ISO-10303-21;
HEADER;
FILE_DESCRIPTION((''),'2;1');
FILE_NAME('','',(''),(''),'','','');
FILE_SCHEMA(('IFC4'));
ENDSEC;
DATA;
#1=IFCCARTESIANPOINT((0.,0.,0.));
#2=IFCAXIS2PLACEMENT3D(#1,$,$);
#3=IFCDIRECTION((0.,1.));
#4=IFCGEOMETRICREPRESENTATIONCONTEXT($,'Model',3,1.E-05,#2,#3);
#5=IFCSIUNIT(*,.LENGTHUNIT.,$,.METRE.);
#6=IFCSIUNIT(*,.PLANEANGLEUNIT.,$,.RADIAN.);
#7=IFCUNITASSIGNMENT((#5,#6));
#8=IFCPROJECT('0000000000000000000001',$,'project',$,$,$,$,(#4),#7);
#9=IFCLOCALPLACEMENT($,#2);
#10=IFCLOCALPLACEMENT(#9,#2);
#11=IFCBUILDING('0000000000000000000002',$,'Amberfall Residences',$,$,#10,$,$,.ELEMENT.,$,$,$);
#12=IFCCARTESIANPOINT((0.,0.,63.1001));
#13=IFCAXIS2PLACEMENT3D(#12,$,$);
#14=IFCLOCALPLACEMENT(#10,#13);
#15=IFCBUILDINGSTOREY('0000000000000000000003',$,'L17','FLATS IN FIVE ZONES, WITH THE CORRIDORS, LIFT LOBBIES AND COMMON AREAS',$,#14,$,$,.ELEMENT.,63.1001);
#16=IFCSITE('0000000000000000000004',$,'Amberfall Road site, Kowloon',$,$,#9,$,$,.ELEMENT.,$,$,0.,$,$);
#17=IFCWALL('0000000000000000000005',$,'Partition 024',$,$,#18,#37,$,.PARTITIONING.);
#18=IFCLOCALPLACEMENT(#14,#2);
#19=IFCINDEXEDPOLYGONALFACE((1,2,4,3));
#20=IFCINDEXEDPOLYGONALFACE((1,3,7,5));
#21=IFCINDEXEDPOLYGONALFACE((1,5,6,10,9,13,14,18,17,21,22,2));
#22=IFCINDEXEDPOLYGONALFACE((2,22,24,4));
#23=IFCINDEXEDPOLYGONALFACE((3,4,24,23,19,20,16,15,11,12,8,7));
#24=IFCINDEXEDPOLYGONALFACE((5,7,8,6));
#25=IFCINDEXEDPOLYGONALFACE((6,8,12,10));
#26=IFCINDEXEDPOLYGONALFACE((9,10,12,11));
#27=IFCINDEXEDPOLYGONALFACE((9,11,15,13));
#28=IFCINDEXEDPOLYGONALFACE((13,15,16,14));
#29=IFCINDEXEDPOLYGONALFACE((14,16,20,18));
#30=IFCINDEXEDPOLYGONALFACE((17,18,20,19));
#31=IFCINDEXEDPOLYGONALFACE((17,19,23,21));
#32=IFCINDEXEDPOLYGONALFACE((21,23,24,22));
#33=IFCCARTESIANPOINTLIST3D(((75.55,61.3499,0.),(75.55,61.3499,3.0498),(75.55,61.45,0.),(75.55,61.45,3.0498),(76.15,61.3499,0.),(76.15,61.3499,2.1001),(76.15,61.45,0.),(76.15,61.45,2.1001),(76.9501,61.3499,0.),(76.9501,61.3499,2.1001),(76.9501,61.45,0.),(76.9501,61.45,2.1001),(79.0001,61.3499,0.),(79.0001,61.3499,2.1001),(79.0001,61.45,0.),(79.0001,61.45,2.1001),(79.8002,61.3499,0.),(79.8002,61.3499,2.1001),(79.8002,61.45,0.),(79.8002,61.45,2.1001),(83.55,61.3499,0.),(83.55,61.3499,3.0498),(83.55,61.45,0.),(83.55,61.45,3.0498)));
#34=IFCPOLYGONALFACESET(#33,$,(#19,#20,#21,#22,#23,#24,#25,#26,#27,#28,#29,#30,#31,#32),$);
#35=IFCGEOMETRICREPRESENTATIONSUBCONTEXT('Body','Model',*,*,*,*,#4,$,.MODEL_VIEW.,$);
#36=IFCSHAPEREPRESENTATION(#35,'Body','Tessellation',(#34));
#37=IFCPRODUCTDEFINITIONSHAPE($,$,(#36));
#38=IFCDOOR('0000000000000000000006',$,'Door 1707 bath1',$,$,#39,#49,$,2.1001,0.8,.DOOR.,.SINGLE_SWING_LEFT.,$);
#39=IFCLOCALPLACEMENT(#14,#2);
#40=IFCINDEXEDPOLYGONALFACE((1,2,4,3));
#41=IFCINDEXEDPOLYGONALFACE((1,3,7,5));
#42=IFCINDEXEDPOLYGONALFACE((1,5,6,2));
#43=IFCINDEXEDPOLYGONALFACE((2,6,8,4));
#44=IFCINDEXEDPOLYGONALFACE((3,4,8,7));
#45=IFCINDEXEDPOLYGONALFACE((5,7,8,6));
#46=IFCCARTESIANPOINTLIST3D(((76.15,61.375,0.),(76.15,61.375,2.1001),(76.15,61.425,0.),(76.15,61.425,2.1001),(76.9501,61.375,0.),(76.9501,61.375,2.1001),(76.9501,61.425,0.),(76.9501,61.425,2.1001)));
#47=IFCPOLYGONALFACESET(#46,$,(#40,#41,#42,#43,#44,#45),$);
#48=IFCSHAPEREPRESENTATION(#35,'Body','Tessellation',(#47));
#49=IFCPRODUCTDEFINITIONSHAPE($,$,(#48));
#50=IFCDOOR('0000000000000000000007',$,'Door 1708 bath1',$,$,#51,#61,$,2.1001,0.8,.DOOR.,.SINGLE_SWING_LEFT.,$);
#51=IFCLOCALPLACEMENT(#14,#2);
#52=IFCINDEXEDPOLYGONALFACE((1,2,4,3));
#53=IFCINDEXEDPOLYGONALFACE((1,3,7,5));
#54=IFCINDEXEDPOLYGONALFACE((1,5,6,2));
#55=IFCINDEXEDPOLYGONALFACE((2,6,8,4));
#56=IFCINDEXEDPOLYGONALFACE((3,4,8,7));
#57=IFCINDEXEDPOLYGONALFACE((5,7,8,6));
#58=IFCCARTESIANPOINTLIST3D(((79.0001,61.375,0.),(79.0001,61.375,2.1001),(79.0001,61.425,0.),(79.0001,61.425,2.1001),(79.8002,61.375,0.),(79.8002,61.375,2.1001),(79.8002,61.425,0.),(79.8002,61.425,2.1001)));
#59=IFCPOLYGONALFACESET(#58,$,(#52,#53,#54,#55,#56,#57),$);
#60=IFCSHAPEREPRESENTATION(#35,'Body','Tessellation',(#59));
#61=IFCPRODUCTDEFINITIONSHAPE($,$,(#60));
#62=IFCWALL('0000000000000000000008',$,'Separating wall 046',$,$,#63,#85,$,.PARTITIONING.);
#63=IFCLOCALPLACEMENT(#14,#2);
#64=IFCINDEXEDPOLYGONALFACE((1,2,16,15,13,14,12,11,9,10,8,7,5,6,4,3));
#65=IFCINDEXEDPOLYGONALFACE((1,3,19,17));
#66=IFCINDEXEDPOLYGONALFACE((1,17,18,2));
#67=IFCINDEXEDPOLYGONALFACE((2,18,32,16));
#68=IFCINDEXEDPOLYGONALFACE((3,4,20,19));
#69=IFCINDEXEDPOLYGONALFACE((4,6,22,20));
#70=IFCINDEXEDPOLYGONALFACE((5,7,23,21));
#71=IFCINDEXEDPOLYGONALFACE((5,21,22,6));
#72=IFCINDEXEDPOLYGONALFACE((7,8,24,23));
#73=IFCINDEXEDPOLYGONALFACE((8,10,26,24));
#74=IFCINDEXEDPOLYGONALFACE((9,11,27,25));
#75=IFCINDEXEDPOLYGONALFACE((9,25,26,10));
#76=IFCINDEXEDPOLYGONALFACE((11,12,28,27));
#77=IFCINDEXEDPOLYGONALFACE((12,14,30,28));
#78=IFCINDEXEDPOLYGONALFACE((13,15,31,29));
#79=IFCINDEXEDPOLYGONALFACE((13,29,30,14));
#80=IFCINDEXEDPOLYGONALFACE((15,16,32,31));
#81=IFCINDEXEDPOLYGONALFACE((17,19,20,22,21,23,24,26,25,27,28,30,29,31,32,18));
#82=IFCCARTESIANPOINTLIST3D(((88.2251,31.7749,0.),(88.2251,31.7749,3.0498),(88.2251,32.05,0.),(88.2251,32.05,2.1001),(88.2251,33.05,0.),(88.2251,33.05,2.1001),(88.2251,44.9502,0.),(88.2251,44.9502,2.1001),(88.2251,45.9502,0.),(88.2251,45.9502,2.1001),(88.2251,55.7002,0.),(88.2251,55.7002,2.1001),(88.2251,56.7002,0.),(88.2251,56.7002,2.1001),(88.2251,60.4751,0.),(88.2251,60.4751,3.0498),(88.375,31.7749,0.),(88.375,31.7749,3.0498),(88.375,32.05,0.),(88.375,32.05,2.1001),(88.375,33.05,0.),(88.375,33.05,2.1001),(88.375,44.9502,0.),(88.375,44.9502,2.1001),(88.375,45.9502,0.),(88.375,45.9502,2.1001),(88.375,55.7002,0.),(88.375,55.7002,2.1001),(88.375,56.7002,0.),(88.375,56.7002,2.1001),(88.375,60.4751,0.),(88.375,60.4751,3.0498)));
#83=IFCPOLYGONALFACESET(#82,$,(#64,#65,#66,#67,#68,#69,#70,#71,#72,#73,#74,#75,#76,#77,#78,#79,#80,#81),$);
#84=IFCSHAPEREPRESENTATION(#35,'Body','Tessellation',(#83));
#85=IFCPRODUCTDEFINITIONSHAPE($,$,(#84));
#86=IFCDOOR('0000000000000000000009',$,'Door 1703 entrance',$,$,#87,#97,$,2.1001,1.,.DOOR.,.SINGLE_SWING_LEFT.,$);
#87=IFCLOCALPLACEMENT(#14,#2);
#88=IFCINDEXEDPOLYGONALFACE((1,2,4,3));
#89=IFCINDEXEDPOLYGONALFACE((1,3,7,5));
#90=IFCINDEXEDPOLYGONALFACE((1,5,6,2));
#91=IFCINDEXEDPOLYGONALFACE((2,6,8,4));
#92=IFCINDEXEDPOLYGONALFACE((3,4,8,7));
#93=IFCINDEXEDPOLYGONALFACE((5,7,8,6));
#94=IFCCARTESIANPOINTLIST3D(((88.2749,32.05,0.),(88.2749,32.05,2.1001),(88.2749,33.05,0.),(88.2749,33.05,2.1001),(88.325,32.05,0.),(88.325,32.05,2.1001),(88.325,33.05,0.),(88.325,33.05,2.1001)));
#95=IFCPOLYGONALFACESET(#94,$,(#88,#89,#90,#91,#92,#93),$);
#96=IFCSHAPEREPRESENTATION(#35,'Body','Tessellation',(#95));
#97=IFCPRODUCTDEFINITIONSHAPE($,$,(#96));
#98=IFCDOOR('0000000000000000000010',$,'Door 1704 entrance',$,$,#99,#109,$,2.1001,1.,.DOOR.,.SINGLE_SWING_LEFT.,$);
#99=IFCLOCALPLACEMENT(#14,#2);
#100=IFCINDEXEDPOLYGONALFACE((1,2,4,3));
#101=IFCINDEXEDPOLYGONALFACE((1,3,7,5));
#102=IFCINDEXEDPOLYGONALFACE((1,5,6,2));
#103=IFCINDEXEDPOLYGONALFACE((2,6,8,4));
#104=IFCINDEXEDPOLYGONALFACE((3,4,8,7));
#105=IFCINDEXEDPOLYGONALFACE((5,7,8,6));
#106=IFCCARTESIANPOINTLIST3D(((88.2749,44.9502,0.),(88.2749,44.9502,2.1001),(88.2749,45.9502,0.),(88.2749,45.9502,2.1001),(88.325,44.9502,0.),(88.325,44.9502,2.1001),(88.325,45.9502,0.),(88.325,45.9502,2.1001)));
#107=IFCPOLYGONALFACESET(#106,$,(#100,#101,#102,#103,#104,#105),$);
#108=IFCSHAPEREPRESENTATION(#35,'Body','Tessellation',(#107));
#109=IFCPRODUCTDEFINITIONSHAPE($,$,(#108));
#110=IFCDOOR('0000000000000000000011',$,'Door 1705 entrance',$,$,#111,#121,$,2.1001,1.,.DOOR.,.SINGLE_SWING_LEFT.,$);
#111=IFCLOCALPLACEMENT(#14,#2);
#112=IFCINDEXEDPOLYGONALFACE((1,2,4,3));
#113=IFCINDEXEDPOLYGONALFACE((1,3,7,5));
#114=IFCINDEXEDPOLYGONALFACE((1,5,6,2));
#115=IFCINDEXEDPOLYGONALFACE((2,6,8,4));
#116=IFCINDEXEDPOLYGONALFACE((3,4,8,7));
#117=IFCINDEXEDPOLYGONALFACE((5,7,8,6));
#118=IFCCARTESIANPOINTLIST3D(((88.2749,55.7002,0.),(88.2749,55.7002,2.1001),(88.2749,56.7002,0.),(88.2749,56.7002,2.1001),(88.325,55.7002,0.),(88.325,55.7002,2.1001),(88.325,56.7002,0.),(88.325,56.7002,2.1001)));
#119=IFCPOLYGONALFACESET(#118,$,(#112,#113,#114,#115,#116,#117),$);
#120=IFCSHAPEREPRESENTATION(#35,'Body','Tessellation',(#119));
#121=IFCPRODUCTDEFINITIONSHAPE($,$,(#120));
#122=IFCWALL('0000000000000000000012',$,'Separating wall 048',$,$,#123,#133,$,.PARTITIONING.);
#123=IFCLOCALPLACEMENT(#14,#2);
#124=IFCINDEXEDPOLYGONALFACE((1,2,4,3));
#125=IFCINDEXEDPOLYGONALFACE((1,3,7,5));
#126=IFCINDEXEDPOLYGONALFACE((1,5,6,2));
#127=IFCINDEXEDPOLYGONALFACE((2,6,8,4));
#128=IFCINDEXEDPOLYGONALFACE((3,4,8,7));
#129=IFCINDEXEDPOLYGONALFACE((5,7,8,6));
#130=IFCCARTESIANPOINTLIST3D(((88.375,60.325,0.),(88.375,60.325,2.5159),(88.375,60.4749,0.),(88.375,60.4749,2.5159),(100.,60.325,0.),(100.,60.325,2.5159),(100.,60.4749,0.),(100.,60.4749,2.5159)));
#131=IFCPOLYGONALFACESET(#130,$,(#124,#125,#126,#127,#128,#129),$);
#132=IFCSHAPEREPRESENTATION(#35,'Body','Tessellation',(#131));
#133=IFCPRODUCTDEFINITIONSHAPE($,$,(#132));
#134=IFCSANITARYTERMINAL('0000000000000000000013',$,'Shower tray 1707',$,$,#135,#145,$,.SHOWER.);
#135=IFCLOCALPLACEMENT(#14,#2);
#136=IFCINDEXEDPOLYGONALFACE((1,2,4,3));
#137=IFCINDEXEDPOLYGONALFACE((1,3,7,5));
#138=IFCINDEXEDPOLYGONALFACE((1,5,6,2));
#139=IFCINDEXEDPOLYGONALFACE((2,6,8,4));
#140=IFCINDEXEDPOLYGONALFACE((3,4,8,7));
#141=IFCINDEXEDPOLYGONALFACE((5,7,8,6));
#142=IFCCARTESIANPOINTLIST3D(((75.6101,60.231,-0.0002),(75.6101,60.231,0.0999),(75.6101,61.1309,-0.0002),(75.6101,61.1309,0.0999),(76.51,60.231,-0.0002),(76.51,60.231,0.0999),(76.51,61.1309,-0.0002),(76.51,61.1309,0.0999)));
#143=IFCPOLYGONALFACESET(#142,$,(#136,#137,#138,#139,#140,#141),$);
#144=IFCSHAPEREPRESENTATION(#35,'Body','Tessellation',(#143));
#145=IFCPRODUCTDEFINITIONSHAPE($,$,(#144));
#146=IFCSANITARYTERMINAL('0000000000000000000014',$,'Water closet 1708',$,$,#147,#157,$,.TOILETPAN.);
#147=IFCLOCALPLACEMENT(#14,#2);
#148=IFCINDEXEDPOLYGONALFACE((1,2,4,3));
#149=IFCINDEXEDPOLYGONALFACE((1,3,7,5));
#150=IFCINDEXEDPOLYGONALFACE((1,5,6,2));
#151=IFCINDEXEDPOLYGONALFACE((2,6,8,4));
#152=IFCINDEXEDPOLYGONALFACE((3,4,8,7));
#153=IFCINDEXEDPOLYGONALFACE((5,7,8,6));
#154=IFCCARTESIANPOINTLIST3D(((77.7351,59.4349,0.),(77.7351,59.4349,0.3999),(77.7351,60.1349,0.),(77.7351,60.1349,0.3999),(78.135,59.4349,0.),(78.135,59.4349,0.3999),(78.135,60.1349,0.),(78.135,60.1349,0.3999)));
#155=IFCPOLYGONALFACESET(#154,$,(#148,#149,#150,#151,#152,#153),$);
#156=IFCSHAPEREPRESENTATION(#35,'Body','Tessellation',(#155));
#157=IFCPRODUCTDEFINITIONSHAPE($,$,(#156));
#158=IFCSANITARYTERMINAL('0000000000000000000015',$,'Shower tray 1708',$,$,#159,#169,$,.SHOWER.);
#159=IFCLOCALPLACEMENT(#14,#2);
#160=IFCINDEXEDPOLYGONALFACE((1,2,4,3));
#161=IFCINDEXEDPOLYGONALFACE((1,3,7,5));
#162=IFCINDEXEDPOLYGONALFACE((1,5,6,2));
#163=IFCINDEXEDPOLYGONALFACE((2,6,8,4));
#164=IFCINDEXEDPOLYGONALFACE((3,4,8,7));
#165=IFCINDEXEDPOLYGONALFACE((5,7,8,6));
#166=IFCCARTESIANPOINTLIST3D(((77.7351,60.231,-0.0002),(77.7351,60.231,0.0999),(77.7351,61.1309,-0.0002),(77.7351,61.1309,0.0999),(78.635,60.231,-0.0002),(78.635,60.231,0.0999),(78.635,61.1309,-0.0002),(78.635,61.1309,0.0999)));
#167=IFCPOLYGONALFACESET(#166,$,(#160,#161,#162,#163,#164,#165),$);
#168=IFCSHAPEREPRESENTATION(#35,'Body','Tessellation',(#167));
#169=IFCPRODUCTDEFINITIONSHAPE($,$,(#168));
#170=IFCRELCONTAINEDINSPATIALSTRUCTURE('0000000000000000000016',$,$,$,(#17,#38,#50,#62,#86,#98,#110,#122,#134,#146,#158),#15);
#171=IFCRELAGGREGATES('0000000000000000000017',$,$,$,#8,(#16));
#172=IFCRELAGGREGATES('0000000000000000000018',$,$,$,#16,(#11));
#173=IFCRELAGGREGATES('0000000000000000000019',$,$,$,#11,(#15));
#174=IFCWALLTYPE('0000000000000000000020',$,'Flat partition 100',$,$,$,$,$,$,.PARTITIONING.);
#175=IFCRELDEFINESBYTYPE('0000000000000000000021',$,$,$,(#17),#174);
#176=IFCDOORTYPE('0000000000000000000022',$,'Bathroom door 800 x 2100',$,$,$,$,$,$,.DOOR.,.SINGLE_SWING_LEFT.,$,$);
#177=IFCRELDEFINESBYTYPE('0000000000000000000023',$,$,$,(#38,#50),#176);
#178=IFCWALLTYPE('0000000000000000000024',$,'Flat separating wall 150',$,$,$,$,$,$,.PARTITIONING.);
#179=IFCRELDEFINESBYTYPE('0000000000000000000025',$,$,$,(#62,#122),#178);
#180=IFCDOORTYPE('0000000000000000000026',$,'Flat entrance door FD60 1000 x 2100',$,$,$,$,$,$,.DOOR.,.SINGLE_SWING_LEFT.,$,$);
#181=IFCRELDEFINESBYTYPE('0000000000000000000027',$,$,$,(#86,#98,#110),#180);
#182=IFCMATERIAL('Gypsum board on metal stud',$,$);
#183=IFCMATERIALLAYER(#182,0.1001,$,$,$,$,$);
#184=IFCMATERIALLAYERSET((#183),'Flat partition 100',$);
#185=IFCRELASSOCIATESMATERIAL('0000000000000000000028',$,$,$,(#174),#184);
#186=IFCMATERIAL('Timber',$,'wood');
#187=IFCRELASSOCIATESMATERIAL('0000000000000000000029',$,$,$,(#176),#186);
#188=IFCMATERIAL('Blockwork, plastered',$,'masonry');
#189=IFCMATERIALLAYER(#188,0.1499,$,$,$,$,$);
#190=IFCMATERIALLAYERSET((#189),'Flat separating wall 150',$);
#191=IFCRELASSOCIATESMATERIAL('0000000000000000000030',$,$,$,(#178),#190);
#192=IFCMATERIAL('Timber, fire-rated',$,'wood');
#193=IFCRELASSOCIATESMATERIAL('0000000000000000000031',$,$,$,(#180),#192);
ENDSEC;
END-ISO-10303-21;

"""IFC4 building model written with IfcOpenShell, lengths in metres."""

from ifc_helpers import new_model, si_unit, direction, frame, frame_2d, origin, origin_2d, place, context, subcontext, project, spatial, rectangle, extrude, material, layer, layer_set, type_object, element, fill, save


model = new_model("IFC4")

# Units and contexts
model_context = context("Model", 3, precision=1e-05, world=origin(), true_north=direction((0.0, 1.0)))
body_context = subcontext(model_context, "Body", "Model", "MODEL_VIEW")
ifc_project = project(units=[si_unit("LENGTHUNIT", "METRE"), si_unit("PLANEANGLEUNIT", "RADIAN")], contexts=[model_context])

# Site, building, storey
site_placement = place(None, origin())
site = spatial("IfcSite", under=ifc_project, at=site_placement, Name="Amberfall Road site, Kowloon", CompositionType="ELEMENT", RefElevation=0.0)
building_placement = place(site_placement, origin())
building = spatial("IfcBuilding", under=site, at=building_placement, Name="Amberfall Residences", CompositionType="ELEMENT")
storey_placement = place(building_placement, frame((0.0, 0.0, 63.1001)))
storey = spatial("IfcBuildingStorey", under=building, at=storey_placement, Name="L17", Description="FLATS IN FIVE ZONES, WITH THE CORRIDORS, LIFT LOBBIES AND COMMON AREAS", CompositionType="ELEMENT", Elevation=63.1001)

# Walls, openings, doors
ifc_material_1 = material(Name="Gypsum board on metal stud")
ifc_layer_1 = layer(ifc_material_1, 0.1001)
ifc_layer_set_1 = layer_set([ifc_layer_1], Name="Flat partition 100")
wall_type_1 = type_object("IfcWallType", Name="Flat partition 100", PredefinedType="PARTITIONING", material=ifc_layer_set_1)
wall_1_placement = place(storey_placement, frame((83.55, 61.3999, 0.0), z_axis=(0.0, 0.0, 1.0), x_axis=(-1.0, 0.0, 0.0)))
wall_1 = element("IfcWall", 1, at=wall_1_placement, inside=storey, type_object=wall_type_1, Name="Partition 024", PredefinedType="PARTITIONING", context=body_context, shape_type="SweptSolid", body=[
    extrude(rectangle(XDim=8.0, YDim=0.1001, at=frame_2d((4.0, 0.0))), origin(), (0.0, 0.0, 1.0), 3.0498),
])
opening_1_placement = place(wall_1_placement, frame((6.6001, 0.0, 0.0)))
opening_1 = element("IfcOpeningElement", 2, at=opening_1_placement, cuts=wall_1, PredefinedType="OPENING", context=body_context, shape_type="SweptSolid", body=[
    extrude(rectangle(XDim=0.8, YDim=2.1001, at=frame_2d((0.3999, 1.05))), frame((0.0, 0.0601, 0.0), z_axis=(0.0, -1.0, 0.0), x_axis=(1.0, 0.0, 0.0)), (0.0, 0.0, 1.0), 0.1201),
])
opening_2_placement = place(wall_1_placement, frame((3.75, 0.0, 0.0)))
opening_2 = element("IfcOpeningElement", 3, at=opening_2_placement, cuts=wall_1, PredefinedType="OPENING", context=body_context, shape_type="SweptSolid", body=[
    extrude(rectangle(XDim=0.8, YDim=2.1001, at=frame_2d((0.3999, 1.05))), frame((0.0, 0.0601, 0.0), z_axis=(0.0, -1.0, 0.0), x_axis=(1.0, 0.0, 0.0)), (0.0, 0.0, 1.0), 0.1201),
])
ifc_material_2 = material(Name="Timber", Category="wood")
door_type_1 = type_object("IfcDoorType", Name="Bathroom door 800 x 2100", OperationType="SINGLE_SWING_LEFT", PredefinedType="DOOR", material=ifc_material_2)
door_1_placement = place(opening_1_placement, origin())
door_1 = element("IfcDoor", 4, at=door_1_placement, inside=storey, type_object=door_type_1, Name="Door 1707 bath1", OperationType="SINGLE_SWING_LEFT", OverallHeight=2.1001, OverallWidth=0.8, PredefinedType="DOOR", context=body_context, shape_type="SweptSolid", body=[
    extrude(rectangle(XDim=0.8, YDim=2.1001, at=frame_2d((0.3999, 1.05))), frame((0.0, 0.0249, 0.0), z_axis=(0.0, -1.0, 0.0), x_axis=(1.0, 0.0, 0.0)), (0.0, 0.0, 1.0), 0.05),
])
fill(opening_1, door_1)
door_2_placement = place(opening_2_placement, origin())
door_2 = element("IfcDoor", 5, at=door_2_placement, inside=storey, type_object=door_type_1, Name="Door 1708 bath1", OperationType="SINGLE_SWING_LEFT", OverallHeight=2.1001, OverallWidth=0.8, PredefinedType="DOOR", context=body_context, shape_type="SweptSolid", body=[
    extrude(rectangle(XDim=0.8, YDim=2.1001, at=frame_2d((0.3999, 1.05))), frame((0.0, 0.0249, 0.0), z_axis=(0.0, -1.0, 0.0), x_axis=(1.0, 0.0, 0.0)), (0.0, 0.0, 1.0), 0.05),
])
fill(opening_2, door_2)
ifc_material_3 = material(Name="Blockwork, plastered", Category="masonry")
ifc_layer_2 = layer(ifc_material_3, 0.1499)
ifc_layer_set_2 = layer_set([ifc_layer_2], Name="Flat separating wall 150")
wall_type_2 = type_object("IfcWallType", Name="Flat separating wall 150", PredefinedType="PARTITIONING", material=ifc_layer_set_2)
wall_2_placement = place(storey_placement, frame((88.3, 60.4751, 0.0), z_axis=(0.0, 0.0, 1.0), x_axis=(0.0, -1.0, 0.0)))
wall_2 = element("IfcWall", 6, at=wall_2_placement, inside=storey, type_object=wall_type_2, Name="Separating wall 046", PredefinedType="PARTITIONING", context=body_context, shape_type="SweptSolid", body=[
    extrude(rectangle(XDim=28.7002, YDim=0.1499, at=frame_2d((14.3501, 0.0))), origin(), (0.0, 0.0, 1.0), 3.0498),
])
opening_3_placement = place(wall_2_placement, frame((27.425, 0.0, 0.0)))
opening_3 = element("IfcOpeningElement", 7, at=opening_3_placement, cuts=wall_2, PredefinedType="OPENING", context=body_context, shape_type="SweptSolid", body=[
    extrude(rectangle(XDim=1.0, YDim=2.1001, at=frame_2d((0.5, 1.05))), frame((0.0, 0.085, 0.0), z_axis=(0.0, -1.0, 0.0), x_axis=(1.0, 0.0, 0.0)), (0.0, 0.0, 1.0), 0.1699),
])
opening_4_placement = place(wall_2_placement, frame((14.5249, 0.0, 0.0)))
opening_4 = element("IfcOpeningElement", 8, at=opening_4_placement, cuts=wall_2, PredefinedType="OPENING", context=body_context, shape_type="SweptSolid", body=[
    extrude(rectangle(XDim=1.0, YDim=2.1001, at=frame_2d((0.5, 1.05))), frame((0.0, 0.085, 0.0), z_axis=(0.0, -1.0, 0.0), x_axis=(1.0, 0.0, 0.0)), (0.0, 0.0, 1.0), 0.1699),
])
opening_5_placement = place(wall_2_placement, frame((3.7749, 0.0, 0.0)))
opening_5 = element("IfcOpeningElement", 9, at=opening_5_placement, cuts=wall_2, PredefinedType="OPENING", context=body_context, shape_type="SweptSolid", body=[
    extrude(rectangle(XDim=1.0, YDim=2.1001, at=frame_2d((0.5, 1.05))), frame((0.0, 0.085, 0.0), z_axis=(0.0, -1.0, 0.0), x_axis=(1.0, 0.0, 0.0)), (0.0, 0.0, 1.0), 0.1699),
])
ifc_material_4 = material(Name="Timber, fire-rated", Category="wood")
door_type_2 = type_object("IfcDoorType", Name="Flat entrance door FD60 1000 x 2100", OperationType="SINGLE_SWING_LEFT", PredefinedType="DOOR", material=ifc_material_4)
door_3_placement = place(opening_3_placement, origin())
door_3 = element("IfcDoor", 10, at=door_3_placement, inside=storey, type_object=door_type_2, Name="Door 1703 entrance", OperationType="SINGLE_SWING_LEFT", OverallHeight=2.1001, OverallWidth=1.0, PredefinedType="DOOR", context=body_context, shape_type="SweptSolid", body=[
    extrude(rectangle(XDim=1.0, YDim=2.1001, at=frame_2d((0.5, 1.05))), frame((0.0, 0.0249, 0.0), z_axis=(0.0, -1.0, 0.0), x_axis=(1.0, 0.0, 0.0)), (0.0, 0.0, 1.0), 0.05),
])
fill(opening_3, door_3)
door_4_placement = place(opening_4_placement, origin())
door_4 = element("IfcDoor", 11, at=door_4_placement, inside=storey, type_object=door_type_2, Name="Door 1704 entrance", OperationType="SINGLE_SWING_LEFT", OverallHeight=2.1001, OverallWidth=1.0, PredefinedType="DOOR", context=body_context, shape_type="SweptSolid", body=[
    extrude(rectangle(XDim=1.0, YDim=2.1001, at=frame_2d((0.5, 1.05))), frame((0.0, 0.0249, 0.0), z_axis=(0.0, -1.0, 0.0), x_axis=(1.0, 0.0, 0.0)), (0.0, 0.0, 1.0), 0.05),
])
fill(opening_4, door_4)
door_5_placement = place(opening_5_placement, origin())
door_5 = element("IfcDoor", 12, at=door_5_placement, inside=storey, type_object=door_type_2, Name="Door 1705 entrance", OperationType="SINGLE_SWING_LEFT", OverallHeight=2.1001, OverallWidth=1.0, PredefinedType="DOOR", context=body_context, shape_type="SweptSolid", body=[
    extrude(rectangle(XDim=1.0, YDim=2.1001, at=frame_2d((0.5, 1.05))), frame((0.0, 0.0249, 0.0), z_axis=(0.0, -1.0, 0.0), x_axis=(1.0, 0.0, 0.0)), (0.0, 0.0, 1.0), 0.05),
])
fill(opening_5, door_5)

# Wall
wall_3_placement = place(storey_placement, frame((88.375, 60.3999, 0.0), z_axis=(0.0, 0.0, 1.0), x_axis=(1.0, 0.0, 0.0)))
element("IfcWall", 13, at=wall_3_placement, inside=storey, type_object=wall_type_2, Name="Separating wall 048", PredefinedType="PARTITIONING", context=body_context, shape_type="SweptSolid", body=[
    extrude(rectangle(XDim=11.625, YDim=0.1499, at=frame_2d((5.8125, 0.0))), origin(), (0.0, 0.0, 1.0), 2.5159),
])

# Sanitary terminals
sanitary_terminal_1_placement = place(storey_placement, frame((76.0601, 60.6809, -0.0002), z_axis=(0.0, 0.0, 1.0), x_axis=(1.0, 0.0, 0.0)))
element("IfcSanitaryTerminal", 14, at=sanitary_terminal_1_placement, inside=storey, Name="Shower tray 1707", PredefinedType="SHOWER", context=body_context, shape_type="SweptSolid", body=[
    extrude(rectangle(XDim=0.8999, YDim=0.8999, at=origin_2d()), origin(), (0.0, 0.0, 1.0), 0.1001),
])
sanitary_terminal_2_placement = place(storey_placement, frame((77.9351, 59.7849, 0.0), z_axis=(0.0, 0.0, 1.0), x_axis=(1.0, 0.0, 0.0)))
element("IfcSanitaryTerminal", 15, at=sanitary_terminal_2_placement, inside=storey, Name="Water closet 1708", PredefinedType="TOILETPAN", context=body_context, shape_type="SweptSolid", body=[
    extrude(rectangle(XDim=0.3999, YDim=0.7, at=origin_2d()), origin(), (0.0, 0.0, 1.0), 0.3999),
])
sanitary_terminal_3_placement = place(storey_placement, frame((78.1851, 60.6809, -0.0002), z_axis=(0.0, 0.0, 1.0), x_axis=(1.0, 0.0, 0.0)))
element("IfcSanitaryTerminal", 16, at=sanitary_terminal_3_placement, inside=storey, Name="Shower tray 1708", PredefinedType="SHOWER", context=body_context, shape_type="SweptSolid", body=[
    extrude(rectangle(XDim=0.8999, YDim=0.8999, at=origin_2d()), origin(), (0.0, 0.0, 1.0), 0.1001),
])

save(model, "model.ifc")
